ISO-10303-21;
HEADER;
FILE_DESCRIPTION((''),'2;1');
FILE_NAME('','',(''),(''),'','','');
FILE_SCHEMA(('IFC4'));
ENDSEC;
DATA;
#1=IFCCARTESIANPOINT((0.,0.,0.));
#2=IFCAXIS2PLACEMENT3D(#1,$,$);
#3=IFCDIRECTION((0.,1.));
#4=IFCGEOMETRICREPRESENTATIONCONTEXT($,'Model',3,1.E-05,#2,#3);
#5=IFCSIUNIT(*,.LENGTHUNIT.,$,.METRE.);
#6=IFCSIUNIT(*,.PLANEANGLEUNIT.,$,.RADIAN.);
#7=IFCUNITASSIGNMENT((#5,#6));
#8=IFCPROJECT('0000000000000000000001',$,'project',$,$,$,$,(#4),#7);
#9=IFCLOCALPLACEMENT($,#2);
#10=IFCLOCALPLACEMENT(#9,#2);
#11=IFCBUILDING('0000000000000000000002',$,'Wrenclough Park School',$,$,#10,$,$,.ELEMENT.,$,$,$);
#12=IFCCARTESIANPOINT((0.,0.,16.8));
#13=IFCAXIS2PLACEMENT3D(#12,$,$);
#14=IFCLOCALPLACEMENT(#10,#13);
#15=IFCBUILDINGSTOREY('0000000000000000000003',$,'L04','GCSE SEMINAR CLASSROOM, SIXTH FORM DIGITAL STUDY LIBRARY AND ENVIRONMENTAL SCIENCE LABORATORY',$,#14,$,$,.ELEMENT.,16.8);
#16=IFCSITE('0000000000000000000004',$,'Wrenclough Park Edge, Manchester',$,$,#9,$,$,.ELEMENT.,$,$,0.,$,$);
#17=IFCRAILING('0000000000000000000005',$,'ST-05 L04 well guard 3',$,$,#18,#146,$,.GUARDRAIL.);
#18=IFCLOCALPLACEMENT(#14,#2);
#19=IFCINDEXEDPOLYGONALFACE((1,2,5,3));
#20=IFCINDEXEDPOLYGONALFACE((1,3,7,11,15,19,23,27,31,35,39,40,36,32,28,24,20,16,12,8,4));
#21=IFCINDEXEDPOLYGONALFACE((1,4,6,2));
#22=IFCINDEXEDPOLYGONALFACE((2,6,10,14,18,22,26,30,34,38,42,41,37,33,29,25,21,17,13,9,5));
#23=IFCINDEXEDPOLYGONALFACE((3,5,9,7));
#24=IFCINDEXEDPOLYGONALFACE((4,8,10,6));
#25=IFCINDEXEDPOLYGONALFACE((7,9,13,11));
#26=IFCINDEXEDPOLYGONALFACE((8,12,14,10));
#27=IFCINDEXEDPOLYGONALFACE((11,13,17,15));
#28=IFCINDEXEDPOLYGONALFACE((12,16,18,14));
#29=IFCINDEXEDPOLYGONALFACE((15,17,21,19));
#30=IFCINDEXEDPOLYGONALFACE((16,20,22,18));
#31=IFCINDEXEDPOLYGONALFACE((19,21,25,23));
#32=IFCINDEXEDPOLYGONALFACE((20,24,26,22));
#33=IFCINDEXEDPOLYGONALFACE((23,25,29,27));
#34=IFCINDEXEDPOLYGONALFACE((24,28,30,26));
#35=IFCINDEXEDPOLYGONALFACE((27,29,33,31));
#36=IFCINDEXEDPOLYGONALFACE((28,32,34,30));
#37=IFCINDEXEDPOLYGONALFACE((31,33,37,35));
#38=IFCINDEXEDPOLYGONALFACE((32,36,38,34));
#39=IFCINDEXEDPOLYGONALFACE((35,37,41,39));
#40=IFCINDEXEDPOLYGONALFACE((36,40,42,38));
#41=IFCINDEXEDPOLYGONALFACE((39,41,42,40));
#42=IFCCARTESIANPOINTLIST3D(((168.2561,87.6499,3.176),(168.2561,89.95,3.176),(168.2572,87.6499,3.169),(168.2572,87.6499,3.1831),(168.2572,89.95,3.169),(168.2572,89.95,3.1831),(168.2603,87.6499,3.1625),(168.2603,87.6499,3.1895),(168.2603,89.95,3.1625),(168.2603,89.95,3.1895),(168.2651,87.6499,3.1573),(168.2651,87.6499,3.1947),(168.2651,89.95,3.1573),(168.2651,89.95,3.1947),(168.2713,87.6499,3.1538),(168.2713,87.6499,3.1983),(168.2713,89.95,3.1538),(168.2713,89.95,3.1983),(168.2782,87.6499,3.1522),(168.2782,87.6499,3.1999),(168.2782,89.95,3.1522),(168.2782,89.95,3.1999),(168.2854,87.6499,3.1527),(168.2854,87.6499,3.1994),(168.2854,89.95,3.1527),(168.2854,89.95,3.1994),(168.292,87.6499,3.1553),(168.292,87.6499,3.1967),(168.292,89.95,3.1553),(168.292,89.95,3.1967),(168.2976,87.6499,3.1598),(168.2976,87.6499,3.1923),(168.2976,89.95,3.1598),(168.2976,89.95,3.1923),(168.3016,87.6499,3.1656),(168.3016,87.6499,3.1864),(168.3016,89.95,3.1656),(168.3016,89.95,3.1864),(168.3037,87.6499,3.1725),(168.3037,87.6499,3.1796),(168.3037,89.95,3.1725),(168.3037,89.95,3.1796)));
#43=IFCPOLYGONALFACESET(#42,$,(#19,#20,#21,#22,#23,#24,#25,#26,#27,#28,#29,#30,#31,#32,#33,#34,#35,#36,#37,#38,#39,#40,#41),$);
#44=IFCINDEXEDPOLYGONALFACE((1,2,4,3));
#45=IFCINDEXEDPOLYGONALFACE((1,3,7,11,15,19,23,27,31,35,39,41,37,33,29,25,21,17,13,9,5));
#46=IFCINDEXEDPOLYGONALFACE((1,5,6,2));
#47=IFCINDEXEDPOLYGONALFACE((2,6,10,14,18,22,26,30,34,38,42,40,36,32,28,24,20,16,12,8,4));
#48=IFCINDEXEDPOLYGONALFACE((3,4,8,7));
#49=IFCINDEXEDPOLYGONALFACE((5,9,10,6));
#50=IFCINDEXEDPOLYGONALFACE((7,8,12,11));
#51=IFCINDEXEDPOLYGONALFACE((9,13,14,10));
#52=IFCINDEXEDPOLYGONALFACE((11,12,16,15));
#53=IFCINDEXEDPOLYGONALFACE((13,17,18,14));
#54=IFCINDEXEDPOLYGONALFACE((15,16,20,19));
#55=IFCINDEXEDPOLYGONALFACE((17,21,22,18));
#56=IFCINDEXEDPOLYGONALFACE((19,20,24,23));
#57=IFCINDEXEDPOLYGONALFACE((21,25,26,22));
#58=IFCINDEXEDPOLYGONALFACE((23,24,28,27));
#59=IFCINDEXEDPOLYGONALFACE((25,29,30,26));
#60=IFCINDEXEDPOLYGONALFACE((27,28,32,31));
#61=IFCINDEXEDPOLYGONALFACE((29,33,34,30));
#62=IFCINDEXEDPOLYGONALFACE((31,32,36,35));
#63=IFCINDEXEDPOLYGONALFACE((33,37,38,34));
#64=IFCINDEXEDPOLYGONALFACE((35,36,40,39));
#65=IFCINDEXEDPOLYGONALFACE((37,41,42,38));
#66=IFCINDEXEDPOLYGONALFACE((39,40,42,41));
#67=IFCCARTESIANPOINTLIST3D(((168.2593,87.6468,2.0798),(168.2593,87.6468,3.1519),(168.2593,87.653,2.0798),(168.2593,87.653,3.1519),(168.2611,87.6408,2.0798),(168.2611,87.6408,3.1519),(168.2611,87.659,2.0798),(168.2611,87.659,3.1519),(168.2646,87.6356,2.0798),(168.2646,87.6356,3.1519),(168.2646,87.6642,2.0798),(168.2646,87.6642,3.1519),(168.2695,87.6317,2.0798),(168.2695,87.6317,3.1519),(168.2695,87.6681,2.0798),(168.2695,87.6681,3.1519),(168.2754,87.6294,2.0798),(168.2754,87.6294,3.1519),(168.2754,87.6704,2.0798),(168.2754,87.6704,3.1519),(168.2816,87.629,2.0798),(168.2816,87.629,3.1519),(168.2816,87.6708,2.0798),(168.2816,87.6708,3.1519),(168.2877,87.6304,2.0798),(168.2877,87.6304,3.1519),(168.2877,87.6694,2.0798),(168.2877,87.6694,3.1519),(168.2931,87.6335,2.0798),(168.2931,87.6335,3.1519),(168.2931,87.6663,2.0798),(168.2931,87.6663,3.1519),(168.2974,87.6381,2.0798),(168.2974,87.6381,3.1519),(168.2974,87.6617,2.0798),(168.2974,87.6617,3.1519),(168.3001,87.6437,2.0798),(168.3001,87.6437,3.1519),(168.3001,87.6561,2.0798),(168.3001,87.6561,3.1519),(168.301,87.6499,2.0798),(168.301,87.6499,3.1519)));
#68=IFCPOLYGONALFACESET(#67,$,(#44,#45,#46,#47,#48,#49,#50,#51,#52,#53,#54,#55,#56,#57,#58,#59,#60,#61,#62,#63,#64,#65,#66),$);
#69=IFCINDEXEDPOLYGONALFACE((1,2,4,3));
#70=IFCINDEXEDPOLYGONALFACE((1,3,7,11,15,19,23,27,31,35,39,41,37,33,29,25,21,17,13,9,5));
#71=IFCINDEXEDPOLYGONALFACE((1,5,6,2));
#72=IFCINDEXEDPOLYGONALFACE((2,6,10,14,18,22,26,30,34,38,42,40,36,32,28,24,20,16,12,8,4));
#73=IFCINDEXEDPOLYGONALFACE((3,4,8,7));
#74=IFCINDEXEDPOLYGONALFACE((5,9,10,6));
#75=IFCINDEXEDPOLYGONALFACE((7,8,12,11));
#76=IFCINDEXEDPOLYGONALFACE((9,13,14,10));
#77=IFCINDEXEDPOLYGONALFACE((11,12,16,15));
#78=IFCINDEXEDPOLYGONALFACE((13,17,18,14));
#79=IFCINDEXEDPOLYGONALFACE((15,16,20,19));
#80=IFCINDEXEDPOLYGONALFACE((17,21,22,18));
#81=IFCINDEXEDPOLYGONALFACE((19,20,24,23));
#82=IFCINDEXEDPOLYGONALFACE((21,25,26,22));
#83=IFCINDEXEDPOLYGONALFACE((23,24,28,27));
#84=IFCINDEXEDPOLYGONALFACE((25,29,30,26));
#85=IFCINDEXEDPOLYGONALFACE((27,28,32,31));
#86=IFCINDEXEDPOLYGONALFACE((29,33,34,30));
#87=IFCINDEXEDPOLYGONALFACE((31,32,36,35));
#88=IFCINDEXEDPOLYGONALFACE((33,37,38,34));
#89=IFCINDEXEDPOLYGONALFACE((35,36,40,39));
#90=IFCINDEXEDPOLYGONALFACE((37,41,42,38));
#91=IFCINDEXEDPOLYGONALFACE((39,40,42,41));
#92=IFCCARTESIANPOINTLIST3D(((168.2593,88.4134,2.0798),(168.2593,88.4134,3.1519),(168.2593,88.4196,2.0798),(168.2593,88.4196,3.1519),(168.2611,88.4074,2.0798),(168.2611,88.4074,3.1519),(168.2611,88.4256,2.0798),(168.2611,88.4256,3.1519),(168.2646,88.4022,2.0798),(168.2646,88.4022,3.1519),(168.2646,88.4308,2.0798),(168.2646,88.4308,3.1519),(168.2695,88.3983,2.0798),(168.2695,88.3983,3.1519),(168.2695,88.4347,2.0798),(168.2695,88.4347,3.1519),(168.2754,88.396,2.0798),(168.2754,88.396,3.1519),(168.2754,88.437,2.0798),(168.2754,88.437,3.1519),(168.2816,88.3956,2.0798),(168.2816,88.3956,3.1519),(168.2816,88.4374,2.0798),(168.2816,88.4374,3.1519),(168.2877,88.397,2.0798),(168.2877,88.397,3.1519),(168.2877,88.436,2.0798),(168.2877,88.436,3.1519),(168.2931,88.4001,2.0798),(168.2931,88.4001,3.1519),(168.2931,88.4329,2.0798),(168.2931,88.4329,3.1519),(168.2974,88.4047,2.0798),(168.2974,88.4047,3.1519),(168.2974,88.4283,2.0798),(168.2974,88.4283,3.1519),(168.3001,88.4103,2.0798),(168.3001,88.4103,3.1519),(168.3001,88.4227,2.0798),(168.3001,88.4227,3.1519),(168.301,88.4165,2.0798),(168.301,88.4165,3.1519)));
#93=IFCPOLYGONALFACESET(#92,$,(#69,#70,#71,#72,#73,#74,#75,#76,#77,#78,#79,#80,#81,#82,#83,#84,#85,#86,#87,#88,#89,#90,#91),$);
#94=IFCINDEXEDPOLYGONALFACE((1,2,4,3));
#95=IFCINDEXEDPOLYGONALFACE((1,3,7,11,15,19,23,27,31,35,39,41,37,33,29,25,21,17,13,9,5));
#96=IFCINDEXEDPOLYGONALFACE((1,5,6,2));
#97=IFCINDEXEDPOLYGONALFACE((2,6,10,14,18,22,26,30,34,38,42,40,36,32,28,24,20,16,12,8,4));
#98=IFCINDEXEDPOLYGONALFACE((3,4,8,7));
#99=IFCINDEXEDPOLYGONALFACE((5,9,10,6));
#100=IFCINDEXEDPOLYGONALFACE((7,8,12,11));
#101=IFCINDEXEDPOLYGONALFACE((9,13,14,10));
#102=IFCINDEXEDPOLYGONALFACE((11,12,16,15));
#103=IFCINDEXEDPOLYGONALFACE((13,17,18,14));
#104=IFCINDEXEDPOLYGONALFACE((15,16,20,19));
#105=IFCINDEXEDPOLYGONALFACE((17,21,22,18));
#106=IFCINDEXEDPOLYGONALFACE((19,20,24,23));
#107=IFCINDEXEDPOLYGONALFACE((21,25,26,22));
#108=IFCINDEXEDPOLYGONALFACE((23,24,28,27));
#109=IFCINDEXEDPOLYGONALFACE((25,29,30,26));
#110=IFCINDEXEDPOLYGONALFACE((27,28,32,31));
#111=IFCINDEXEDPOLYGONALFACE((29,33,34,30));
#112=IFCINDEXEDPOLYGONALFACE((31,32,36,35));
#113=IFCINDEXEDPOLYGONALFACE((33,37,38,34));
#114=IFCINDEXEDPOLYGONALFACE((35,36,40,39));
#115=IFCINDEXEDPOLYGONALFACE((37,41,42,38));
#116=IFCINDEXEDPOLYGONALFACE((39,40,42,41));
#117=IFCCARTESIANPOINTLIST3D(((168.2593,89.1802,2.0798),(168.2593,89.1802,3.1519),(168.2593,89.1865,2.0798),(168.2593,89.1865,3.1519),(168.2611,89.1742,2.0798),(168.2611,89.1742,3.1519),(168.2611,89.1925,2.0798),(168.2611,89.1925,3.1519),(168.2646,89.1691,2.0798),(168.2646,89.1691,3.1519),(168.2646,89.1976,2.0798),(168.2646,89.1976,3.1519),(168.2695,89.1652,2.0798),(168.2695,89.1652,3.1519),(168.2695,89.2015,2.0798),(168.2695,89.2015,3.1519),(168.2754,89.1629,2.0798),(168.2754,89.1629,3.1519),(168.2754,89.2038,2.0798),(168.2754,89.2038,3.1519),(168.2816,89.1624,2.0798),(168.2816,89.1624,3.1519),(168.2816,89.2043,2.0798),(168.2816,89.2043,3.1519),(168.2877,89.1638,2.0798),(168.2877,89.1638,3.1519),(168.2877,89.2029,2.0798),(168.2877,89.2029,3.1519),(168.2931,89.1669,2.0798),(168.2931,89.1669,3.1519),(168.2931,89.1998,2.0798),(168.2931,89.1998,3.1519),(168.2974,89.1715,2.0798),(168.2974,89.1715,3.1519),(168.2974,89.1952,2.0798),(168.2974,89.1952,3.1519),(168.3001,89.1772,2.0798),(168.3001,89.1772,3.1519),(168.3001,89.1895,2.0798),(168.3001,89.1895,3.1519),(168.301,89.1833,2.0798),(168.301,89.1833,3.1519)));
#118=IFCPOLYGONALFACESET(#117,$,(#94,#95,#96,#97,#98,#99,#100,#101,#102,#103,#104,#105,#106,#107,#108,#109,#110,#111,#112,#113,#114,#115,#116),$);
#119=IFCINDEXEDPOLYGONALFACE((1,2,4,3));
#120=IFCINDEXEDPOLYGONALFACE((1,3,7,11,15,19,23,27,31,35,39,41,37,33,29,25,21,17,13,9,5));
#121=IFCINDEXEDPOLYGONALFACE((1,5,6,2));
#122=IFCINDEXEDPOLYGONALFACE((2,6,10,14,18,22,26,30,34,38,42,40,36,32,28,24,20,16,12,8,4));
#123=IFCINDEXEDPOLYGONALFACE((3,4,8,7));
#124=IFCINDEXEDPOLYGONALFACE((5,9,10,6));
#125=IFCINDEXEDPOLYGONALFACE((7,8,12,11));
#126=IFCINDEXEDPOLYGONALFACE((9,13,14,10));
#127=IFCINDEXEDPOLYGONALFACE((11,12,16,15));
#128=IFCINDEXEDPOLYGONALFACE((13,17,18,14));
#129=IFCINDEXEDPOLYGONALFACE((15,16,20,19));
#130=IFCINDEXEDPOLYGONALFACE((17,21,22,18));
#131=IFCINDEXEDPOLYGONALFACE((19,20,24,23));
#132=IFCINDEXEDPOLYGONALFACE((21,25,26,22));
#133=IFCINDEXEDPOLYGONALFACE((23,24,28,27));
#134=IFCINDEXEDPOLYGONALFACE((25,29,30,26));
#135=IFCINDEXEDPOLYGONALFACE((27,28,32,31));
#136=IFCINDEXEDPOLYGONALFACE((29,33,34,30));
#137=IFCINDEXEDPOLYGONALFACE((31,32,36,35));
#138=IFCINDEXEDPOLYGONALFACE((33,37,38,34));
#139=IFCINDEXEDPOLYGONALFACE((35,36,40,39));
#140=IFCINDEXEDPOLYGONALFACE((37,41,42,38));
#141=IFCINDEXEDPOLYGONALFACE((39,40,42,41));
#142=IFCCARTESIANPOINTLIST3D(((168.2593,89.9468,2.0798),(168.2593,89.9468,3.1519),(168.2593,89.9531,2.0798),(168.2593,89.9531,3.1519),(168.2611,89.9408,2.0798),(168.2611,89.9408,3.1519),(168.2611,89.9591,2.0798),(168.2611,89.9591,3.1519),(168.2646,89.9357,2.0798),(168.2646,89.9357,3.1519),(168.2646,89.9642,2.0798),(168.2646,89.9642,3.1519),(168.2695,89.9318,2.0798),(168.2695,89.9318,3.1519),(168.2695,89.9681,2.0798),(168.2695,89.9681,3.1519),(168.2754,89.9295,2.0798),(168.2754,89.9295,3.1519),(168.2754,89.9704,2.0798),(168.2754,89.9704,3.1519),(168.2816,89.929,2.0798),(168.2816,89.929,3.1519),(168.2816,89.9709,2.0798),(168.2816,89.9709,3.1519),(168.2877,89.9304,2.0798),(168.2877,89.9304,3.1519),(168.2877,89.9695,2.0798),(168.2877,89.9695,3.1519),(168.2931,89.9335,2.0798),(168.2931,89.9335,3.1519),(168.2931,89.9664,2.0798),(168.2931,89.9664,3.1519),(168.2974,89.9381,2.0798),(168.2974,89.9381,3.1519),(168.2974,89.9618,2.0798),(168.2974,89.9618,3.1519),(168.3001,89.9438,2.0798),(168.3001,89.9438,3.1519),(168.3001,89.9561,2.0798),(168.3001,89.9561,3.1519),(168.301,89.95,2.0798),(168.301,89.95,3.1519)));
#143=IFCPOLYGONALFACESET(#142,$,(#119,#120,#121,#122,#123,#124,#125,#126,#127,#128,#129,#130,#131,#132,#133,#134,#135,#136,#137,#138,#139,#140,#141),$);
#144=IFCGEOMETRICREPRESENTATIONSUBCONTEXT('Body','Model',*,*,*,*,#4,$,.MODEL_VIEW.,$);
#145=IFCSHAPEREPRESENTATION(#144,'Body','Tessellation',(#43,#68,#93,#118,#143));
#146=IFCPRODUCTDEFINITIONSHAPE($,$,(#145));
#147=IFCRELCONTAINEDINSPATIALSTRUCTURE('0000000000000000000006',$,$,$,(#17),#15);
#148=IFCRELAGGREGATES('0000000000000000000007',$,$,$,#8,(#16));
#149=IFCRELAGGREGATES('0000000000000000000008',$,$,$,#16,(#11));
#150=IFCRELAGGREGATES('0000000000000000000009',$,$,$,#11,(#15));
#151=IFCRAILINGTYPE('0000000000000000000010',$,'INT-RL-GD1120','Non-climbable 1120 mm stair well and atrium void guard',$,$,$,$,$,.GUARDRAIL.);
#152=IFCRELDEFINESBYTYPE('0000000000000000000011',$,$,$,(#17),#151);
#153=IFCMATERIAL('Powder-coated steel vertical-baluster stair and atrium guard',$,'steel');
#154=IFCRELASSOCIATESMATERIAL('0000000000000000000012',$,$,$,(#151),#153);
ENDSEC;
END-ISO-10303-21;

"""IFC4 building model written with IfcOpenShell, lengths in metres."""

from ifc_helpers import new_model, si_unit, direction, frame, origin, origin_2d, place, context, subcontext, project, spatial, circle, extrude, material, type_object, element, save


model = new_model("IFC4")

# Units and contexts
model_context = context("Model", 3, precision=1e-05, world=origin(), true_north=direction((0.0, 1.0)))
body_context = subcontext(model_context, "Body", "Model", "MODEL_VIEW")
ifc_project = project(units=[si_unit("LENGTHUNIT", "METRE"), si_unit("PLANEANGLEUNIT", "RADIAN")], contexts=[model_context])

# Site, building, storey
site_placement = place(None, origin())
site = spatial("IfcSite", under=ifc_project, at=site_placement, Name="Wrenclough Park Edge, Manchester", CompositionType="ELEMENT", RefElevation=0.0)
building_placement = place(site_placement, origin())
building = spatial("IfcBuilding", under=site, at=building_placement, Name="Wrenclough Park School", CompositionType="ELEMENT")
storey_placement = place(building_placement, frame((0.0, 0.0, 16.8)))
storey = spatial("IfcBuildingStorey", under=building, at=storey_placement, Name="L04", Description="GCSE SEMINAR CLASSROOM, SIXTH FORM DIGITAL STUDY LIBRARY AND ENVIRONMENTAL SCIENCE LABORATORY", CompositionType="ELEMENT", Elevation=16.8)

# Railing
ifc_material_1 = material(Name="Powder-coated steel vertical-baluster stair and atrium guard", Category="steel")
railing_type_1 = type_object("IfcRailingType", Name="INT-RL-GD1120", Description="Non-climbable 1120 mm stair well and atrium void guard", PredefinedType="GUARDRAIL", material=ifc_material_1)
railing_1_placement = place(storey_placement, frame((168.28, 87.6499, 2.0798)))
element("IfcRailing", 1, at=railing_1_placement, inside=storey, type_object=railing_type_1, Name="ST-05 L04 well guard 3", PredefinedType="GUARDRAIL", context=body_context, shape_type="SweptSolid", body=[
    extrude(circle(Radius=0.0239, at=origin_2d()), frame((0.0, 0.0, 1.0962), z_axis=(0.0, 1.0, 0.0), x_axis=(-1.0, 0.0, 0.0)), (0.0, 0.0, 1.0), 2.3),
    extrude(circle(Radius=0.021, at=origin_2d()), origin(), (0.0, 0.0, 1.0), 1.072),
    extrude(circle(Radius=0.021, at=origin_2d()), frame((0.0, 0.7666, 0.0)), (0.0, 0.0, 1.0), 1.072),
    extrude(circle(Radius=0.021, at=origin_2d()), frame((0.0, 1.5334, 0.0)), (0.0, 0.0, 1.0), 1.072),
    extrude(circle(Radius=0.021, at=origin_2d()), frame((0.0, 2.3, 0.0)), (0.0, 0.0, 1.0), 1.072),
])

save(model, "model.ifc")
